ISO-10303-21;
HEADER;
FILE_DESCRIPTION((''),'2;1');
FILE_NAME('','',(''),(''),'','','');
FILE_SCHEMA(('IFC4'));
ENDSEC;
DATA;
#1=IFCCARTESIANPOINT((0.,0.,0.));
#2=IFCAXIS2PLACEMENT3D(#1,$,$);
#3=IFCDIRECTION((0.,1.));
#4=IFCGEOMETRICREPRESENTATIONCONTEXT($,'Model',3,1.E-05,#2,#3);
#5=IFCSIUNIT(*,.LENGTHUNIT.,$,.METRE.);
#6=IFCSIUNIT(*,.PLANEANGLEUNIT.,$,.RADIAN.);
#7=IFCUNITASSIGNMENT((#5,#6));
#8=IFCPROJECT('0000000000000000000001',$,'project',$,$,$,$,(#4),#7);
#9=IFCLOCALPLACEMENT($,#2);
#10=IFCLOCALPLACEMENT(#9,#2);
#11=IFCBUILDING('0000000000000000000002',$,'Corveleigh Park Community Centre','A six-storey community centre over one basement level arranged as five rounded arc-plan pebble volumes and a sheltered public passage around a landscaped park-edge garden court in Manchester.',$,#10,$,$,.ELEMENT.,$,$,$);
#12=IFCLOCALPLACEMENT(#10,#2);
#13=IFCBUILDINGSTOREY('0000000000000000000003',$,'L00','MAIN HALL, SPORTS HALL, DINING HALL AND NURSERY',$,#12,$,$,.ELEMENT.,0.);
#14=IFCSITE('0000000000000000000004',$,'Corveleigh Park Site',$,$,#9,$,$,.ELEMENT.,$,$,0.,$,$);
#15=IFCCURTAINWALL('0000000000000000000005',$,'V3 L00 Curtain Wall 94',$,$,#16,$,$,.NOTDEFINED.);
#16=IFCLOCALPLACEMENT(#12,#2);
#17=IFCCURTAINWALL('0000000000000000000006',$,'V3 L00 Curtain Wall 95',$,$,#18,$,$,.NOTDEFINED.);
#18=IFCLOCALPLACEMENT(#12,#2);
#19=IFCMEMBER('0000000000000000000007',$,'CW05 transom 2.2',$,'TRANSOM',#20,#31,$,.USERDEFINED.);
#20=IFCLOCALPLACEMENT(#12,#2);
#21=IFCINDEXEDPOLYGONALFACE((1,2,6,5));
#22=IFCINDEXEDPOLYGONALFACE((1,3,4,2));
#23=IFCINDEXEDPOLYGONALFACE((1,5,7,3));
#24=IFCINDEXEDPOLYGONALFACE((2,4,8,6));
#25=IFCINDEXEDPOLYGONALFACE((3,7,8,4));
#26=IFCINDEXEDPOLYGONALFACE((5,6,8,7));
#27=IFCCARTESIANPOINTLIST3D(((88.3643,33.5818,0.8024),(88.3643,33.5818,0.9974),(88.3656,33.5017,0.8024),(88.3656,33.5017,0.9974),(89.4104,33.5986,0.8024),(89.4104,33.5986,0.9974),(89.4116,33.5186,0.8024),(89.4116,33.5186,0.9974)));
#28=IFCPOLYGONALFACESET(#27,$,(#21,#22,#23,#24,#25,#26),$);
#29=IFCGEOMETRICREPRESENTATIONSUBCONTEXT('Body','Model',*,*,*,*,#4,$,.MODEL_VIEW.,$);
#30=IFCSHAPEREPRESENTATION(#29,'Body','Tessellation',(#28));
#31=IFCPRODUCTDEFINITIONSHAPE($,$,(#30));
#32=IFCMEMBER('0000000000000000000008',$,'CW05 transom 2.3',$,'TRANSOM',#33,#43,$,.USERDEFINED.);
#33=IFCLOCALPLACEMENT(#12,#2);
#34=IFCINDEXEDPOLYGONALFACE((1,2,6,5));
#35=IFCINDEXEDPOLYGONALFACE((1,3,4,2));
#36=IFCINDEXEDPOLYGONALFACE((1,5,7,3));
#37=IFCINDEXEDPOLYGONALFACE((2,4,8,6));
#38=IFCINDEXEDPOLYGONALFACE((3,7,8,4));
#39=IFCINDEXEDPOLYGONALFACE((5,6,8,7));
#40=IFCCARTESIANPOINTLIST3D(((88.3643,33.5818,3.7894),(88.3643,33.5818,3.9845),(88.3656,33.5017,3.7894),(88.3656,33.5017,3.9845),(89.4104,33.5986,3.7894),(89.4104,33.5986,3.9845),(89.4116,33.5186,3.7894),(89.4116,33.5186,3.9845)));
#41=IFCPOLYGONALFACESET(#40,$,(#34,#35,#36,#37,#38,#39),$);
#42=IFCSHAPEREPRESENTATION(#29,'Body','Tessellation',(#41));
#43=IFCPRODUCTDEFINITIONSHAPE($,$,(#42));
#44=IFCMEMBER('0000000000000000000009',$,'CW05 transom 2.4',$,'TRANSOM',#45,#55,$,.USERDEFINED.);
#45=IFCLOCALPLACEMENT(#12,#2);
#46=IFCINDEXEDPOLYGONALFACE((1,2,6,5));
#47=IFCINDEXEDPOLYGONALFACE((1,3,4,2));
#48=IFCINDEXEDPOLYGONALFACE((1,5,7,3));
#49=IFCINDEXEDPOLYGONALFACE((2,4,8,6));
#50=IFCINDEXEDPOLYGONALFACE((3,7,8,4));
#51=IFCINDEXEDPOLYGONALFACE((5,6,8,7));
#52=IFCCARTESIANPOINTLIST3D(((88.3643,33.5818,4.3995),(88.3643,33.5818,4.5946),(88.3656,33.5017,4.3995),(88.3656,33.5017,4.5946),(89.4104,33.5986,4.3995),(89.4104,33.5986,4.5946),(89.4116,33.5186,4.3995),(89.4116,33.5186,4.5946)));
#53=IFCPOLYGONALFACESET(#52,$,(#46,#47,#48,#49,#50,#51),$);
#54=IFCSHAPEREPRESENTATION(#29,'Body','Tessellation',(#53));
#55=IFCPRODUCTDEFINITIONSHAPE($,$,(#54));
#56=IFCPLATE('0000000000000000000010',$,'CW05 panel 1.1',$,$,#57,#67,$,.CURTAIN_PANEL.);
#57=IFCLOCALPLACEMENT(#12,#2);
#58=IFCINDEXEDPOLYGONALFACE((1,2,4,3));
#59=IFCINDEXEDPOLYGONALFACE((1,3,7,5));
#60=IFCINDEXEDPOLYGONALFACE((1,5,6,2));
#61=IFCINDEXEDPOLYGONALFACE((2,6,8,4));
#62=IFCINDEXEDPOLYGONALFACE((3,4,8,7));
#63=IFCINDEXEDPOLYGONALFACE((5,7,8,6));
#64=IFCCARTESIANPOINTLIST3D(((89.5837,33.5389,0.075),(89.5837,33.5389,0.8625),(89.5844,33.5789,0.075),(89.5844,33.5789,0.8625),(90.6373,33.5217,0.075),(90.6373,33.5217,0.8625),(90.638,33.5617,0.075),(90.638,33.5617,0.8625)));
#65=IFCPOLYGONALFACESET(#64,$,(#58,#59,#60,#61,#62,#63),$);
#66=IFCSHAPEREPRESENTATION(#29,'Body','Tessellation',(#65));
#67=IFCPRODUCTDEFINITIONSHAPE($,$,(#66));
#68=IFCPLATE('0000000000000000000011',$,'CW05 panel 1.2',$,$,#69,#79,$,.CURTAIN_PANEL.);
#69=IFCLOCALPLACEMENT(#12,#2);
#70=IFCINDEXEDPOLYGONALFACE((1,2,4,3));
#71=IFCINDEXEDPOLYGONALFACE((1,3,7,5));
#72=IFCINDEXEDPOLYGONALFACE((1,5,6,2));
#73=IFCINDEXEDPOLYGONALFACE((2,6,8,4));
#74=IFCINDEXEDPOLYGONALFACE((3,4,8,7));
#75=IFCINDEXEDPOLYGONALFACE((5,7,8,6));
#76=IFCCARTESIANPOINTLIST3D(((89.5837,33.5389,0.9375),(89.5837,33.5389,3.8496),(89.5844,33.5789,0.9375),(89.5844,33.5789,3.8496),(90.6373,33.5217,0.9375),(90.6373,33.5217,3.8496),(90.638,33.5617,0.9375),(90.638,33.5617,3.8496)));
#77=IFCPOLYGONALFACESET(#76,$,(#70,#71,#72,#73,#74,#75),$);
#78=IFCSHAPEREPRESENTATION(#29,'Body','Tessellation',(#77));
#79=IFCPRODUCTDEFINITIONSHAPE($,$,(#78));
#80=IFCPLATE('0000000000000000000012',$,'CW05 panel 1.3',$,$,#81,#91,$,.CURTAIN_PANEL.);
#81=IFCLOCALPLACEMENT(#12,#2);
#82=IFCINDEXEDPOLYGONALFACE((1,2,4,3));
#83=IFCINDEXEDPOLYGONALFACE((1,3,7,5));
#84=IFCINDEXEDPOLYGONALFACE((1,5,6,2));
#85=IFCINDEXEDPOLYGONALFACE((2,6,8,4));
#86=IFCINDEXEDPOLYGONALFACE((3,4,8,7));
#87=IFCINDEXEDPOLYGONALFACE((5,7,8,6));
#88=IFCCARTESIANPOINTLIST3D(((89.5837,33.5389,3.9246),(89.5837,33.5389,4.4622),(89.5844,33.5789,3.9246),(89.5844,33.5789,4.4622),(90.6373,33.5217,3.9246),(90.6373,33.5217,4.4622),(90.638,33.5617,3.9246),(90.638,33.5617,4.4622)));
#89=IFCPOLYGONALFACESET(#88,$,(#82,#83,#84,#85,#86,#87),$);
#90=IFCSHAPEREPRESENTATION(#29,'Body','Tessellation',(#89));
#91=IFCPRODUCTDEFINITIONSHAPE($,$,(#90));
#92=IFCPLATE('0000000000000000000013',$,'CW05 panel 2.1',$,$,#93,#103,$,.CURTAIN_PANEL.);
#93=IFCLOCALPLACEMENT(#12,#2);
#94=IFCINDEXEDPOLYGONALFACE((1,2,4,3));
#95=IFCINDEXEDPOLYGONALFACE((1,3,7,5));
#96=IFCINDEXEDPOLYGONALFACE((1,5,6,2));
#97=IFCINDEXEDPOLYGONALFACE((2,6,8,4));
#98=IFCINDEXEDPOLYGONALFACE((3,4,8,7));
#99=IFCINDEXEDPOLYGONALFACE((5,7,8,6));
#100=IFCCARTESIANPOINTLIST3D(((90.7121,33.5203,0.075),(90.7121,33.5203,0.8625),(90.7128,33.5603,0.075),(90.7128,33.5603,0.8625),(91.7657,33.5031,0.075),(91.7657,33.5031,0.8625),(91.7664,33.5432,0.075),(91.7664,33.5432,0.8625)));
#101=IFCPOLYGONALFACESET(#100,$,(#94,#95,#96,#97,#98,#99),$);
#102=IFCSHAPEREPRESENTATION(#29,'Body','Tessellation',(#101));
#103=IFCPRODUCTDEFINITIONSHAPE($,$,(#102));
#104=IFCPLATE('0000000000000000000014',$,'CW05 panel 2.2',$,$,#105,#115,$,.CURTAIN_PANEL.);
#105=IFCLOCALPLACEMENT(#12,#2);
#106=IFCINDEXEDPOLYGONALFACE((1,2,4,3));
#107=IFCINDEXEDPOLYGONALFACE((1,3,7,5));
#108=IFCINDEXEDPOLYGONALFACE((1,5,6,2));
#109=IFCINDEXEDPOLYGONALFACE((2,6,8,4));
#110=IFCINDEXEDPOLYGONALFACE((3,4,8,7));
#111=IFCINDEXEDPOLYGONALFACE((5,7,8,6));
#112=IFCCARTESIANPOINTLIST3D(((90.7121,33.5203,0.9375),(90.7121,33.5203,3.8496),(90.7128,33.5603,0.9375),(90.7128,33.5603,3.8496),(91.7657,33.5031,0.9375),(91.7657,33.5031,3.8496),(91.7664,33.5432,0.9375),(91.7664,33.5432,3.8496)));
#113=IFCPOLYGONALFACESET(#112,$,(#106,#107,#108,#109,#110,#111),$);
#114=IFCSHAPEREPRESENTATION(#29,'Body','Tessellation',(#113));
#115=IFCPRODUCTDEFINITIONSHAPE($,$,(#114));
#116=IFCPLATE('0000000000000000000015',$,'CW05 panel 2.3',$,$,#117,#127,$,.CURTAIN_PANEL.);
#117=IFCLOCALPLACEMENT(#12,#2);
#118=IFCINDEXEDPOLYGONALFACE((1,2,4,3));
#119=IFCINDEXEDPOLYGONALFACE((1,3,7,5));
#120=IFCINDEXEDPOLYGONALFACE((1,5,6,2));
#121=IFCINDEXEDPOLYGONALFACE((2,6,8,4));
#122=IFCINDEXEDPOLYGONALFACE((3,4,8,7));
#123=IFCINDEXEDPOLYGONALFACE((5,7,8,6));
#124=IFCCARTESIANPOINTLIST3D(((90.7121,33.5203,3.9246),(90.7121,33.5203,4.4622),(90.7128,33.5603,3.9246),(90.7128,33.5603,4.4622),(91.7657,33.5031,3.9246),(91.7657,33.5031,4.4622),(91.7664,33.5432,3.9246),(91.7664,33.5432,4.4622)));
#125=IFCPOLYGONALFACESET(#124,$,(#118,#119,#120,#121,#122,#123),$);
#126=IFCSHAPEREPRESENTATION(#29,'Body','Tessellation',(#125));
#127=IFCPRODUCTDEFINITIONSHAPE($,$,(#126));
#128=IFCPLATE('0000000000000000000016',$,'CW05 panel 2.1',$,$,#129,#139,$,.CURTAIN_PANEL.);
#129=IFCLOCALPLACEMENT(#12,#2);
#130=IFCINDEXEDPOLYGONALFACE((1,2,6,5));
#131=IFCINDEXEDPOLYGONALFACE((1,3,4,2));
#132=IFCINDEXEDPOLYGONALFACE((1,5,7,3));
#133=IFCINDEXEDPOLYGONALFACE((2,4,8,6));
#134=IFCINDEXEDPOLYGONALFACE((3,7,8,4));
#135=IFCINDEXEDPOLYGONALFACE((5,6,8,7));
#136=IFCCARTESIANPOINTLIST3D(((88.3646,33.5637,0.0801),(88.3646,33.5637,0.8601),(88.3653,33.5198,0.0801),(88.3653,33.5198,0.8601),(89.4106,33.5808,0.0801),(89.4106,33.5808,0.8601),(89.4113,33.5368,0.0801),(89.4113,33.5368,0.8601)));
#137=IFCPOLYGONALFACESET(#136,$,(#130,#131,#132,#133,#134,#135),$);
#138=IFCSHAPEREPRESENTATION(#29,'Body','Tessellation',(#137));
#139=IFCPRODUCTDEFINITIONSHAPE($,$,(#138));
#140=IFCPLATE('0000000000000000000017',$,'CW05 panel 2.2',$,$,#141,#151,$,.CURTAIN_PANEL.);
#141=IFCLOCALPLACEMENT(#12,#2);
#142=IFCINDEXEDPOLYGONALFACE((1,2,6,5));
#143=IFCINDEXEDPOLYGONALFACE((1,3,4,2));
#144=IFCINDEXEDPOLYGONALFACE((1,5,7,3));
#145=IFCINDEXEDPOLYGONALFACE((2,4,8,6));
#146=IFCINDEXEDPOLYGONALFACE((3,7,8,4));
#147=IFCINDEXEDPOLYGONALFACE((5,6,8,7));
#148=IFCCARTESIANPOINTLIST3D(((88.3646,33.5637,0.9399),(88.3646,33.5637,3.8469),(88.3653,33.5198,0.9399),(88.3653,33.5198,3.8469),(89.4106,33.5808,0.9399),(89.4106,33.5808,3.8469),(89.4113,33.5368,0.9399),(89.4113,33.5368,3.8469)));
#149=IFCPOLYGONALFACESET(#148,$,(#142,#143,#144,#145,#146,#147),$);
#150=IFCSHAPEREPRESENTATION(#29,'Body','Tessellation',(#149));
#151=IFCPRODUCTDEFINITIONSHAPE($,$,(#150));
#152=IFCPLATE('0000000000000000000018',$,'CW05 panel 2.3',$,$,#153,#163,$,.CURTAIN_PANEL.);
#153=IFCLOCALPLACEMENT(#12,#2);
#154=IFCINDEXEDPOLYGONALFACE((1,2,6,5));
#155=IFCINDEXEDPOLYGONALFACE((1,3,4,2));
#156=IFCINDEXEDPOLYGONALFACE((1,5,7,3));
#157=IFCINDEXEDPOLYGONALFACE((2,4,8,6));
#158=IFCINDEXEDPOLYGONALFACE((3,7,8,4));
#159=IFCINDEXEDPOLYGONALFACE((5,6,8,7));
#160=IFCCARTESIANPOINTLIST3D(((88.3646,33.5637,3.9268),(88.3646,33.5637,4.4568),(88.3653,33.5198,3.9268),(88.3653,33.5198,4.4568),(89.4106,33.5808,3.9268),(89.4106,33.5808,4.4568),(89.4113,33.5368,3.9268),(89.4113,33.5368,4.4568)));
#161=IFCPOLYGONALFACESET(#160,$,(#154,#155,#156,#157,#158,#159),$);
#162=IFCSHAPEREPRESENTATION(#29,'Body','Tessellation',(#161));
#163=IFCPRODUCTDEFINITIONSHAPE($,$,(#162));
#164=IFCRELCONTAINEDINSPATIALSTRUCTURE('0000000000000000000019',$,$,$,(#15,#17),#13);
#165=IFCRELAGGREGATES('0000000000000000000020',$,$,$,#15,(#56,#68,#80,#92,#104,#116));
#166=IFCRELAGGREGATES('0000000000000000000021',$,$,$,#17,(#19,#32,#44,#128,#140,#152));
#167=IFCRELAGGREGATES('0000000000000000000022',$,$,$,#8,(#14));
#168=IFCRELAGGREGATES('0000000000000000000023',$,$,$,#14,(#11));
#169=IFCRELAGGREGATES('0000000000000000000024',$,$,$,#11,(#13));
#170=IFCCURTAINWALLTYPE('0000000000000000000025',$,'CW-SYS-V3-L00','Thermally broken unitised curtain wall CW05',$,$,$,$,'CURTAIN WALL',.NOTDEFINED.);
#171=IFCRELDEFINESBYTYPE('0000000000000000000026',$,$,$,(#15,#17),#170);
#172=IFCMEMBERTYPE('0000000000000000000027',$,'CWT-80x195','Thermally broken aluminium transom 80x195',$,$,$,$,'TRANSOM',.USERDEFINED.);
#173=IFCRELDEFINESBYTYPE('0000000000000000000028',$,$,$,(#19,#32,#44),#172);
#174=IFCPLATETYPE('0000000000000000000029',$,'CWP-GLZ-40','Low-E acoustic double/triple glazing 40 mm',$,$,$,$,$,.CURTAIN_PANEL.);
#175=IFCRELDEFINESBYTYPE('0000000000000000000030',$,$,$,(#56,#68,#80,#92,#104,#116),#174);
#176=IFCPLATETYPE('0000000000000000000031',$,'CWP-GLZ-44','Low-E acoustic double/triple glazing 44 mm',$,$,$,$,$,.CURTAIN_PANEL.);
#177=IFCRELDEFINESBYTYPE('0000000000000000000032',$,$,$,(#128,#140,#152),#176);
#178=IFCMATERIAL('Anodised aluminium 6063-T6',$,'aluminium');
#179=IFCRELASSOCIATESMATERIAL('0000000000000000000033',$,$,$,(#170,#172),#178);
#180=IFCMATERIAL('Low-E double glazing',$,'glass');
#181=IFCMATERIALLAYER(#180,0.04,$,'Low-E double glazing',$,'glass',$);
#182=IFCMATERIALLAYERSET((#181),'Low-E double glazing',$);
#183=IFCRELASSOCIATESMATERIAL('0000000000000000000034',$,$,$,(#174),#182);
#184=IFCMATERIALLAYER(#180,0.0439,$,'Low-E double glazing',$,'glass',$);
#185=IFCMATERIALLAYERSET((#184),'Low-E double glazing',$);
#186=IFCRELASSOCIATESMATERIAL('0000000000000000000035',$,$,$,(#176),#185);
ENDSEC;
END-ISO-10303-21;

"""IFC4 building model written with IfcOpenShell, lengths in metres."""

from ifc_helpers import new_model, si_unit, direction, frame, origin, origin_2d, place, context, subcontext, project, spatial, rectangle, extrude, material, layer, layer_set, material_profile, profile_set, type_object, element, aggregate, save


model = new_model("IFC4")

# Units and contexts
model_context = context("Model", 3, precision=1e-05, world=origin(), true_north=direction((0.0, 1.0)))
body_context = subcontext(model_context, "Body", "Model", "MODEL_VIEW")
ifc_project = project(units=[si_unit("LENGTHUNIT", "METRE"), si_unit("PLANEANGLEUNIT", "RADIAN")], contexts=[model_context])

# Site, building, storey
site_placement = place(None, origin())
site = spatial("IfcSite", under=ifc_project, at=site_placement, Name="Corveleigh Park Site", CompositionType="ELEMENT", RefElevation=0.0)
building_placement = place(site_placement, origin())
building = spatial("IfcBuilding", under=site, at=building_placement, Name="Corveleigh Park Community Centre", Description="A six-storey community centre over one basement level arranged as five rounded arc-plan pebble volumes and a sheltered public passage around a landscaped park-edge garden court in Manchester.", CompositionType="ELEMENT")
storey_placement = place(building_placement, origin())
storey = spatial("IfcBuildingStorey", under=building, at=storey_placement, Name="L00", Description="MAIN HALL, SPORTS HALL, DINING HALL AND NURSERY", CompositionType="ELEMENT", Elevation=0.0)

# Curtain wall
ifc_material_1 = material(Name="Anodised aluminium 6063-T6", Category="aluminium")
curtain_wall_type = type_object("IfcCurtainWallType", Name="CW-SYS-V3-L00", Description="Thermally broken unitised curtain wall CW05", ElementType="CURTAIN WALL", PredefinedType="NOTDEFINED", material=ifc_material_1)
curtain_wall_1_placement = place(storey_placement, origin())
curtain_wall_1 = element("IfcCurtainWall", 1, at=curtain_wall_1_placement, inside=storey, type_object=curtain_wall_type, Name="V3 L00 Curtain Wall 94", PredefinedType="NOTDEFINED")

# Curtain wall
curtain_wall_2_placement = place(storey_placement, origin())
curtain_wall_2 = element("IfcCurtainWall", 2, at=curtain_wall_2_placement, inside=storey, type_object=curtain_wall_type, Name="V3 L00 Curtain Wall 95", PredefinedType="NOTDEFINED")

# Members
ifc_material_profile_1 = material_profile(ifc_material_1, rectangle(XDim=0.0801, YDim=0.1951, at=origin_2d()), Name="ALU-T80x195", Category="aluminium")
ifc_profile_set_1 = profile_set([ifc_material_profile_1], Name="Anodised aluminium 6063-T6")
member_type_1 = type_object("IfcMemberType", Name="CWT-80x195", Description="Thermally broken aluminium transom 80x195", ElementType="TRANSOM", PredefinedType="USERDEFINED", material=ifc_profile_set_1)
member_1_placement = place(storey_placement, frame((88.365, 33.5417, 0.8999), z_axis=(0.99987, 0.016104, 0.0), x_axis=(-0.016104, 0.99987, 0.0)))
member_1 = element("IfcMember", 3, at=member_1_placement, type_object=member_type_1, Name="CW05 transom 2.2", ObjectType="TRANSOM", PredefinedType="USERDEFINED", context=body_context, shape_type="SweptSolid", body=[
    extrude(rectangle(XDim=0.0801, YDim=0.1951, at=origin_2d()), origin(), (0.0, 0.0, 1.0), 1.0461),
])
member_2_placement = place(storey_placement, frame((88.365, 33.5417, 3.887), z_axis=(0.99987, 0.016104, 0.0), x_axis=(-0.016104, 0.99987, 0.0)))
member_2 = element("IfcMember", 4, at=member_2_placement, type_object=member_type_1, Name="CW05 transom 2.3", ObjectType="TRANSOM", PredefinedType="USERDEFINED", context=body_context, shape_type="SweptSolid", body=[
    extrude(rectangle(XDim=0.0801, YDim=0.1951, at=origin_2d()), origin(), (0.0, 0.0, 1.0), 1.0461),
])
member_3_placement = place(storey_placement, frame((88.365, 33.5417, 4.4971), z_axis=(0.99987, 0.016104, 0.0), x_axis=(-0.016104, 0.99987, 0.0)))
member_3 = element("IfcMember", 5, at=member_3_placement, type_object=member_type_1, Name="CW05 transom 2.4", ObjectType="TRANSOM", PredefinedType="USERDEFINED", context=body_context, shape_type="SweptSolid", body=[
    extrude(rectangle(XDim=0.0801, YDim=0.1951, at=origin_2d()), origin(), (0.0, 0.0, 1.0), 1.0461),
])

# Plates
ifc_material_2 = material(Name="Low-E double glazing", Category="glass")
ifc_layer_1 = layer(ifc_material_2, 0.04, Name="Low-E double glazing", Category="glass")
ifc_layer_set_1 = layer_set([ifc_layer_1], Name="Low-E double glazing")
plate_type_1 = type_object("IfcPlateType", Name="CWP-GLZ-40", Description="Low-E acoustic double/triple glazing 40 mm", PredefinedType="CURTAIN_PANEL", material=ifc_layer_set_1)
plate_1_placement = place(storey_placement, frame((90.1108, 33.5503, 0.075), z_axis=(0.0, 0.0, 1.0), x_axis=(0.999867, -0.016293, 0.0)))
plate_1 = element("IfcPlate", 6, at=plate_1_placement, type_object=plate_type_1, Name="CW05 panel 1.1", PredefinedType="CURTAIN_PANEL", context=body_context, shape_type="SweptSolid", body=[
    extrude(rectangle(XDim=1.0537, YDim=0.04, at=origin_2d()), origin(), (0.0, 0.0, 1.0), 0.7876),
])
plate_2_placement = place(storey_placement, frame((90.1108, 33.5503, 0.9375), z_axis=(0.0, 0.0, 1.0), x_axis=(0.999867, -0.016293, 0.0)))
plate_2 = element("IfcPlate", 7, at=plate_2_placement, type_object=plate_type_1, Name="CW05 panel 1.2", PredefinedType="CURTAIN_PANEL", context=body_context, shape_type="SweptSolid", body=[
    extrude(rectangle(XDim=1.0537, YDim=0.04, at=origin_2d()), origin(), (0.0, 0.0, 1.0), 2.9121),
])
plate_3_placement = place(storey_placement, frame((90.1108, 33.5503, 3.9246), z_axis=(0.0, 0.0, 1.0), x_axis=(0.999867, -0.016293, 0.0)))
plate_3 = element("IfcPlate", 8, at=plate_3_placement, type_object=plate_type_1, Name="CW05 panel 1.3", PredefinedType="CURTAIN_PANEL", context=body_context, shape_type="SweptSolid", body=[
    extrude(rectangle(XDim=1.0537, YDim=0.04, at=origin_2d()), origin(), (0.0, 0.0, 1.0), 0.5376),
])
plate_4_placement = place(storey_placement, frame((91.2393, 33.5317, 0.075), z_axis=(0.0, 0.0, 1.0), x_axis=(0.999867, -0.016293, 0.0)))
plate_4 = element("IfcPlate", 9, at=plate_4_placement, type_object=plate_type_1, Name="CW05 panel 2.1", PredefinedType="CURTAIN_PANEL", context=body_context, shape_type="SweptSolid", body=[
    extrude(rectangle(XDim=1.0537, YDim=0.04, at=origin_2d()), origin(), (0.0, 0.0, 1.0), 0.7876),
])
plate_5_placement = place(storey_placement, frame((91.2393, 33.5317, 0.9375), z_axis=(0.0, 0.0, 1.0), x_axis=(0.999867, -0.016293, 0.0)))
plate_5 = element("IfcPlate", 10, at=plate_5_placement, type_object=plate_type_1, Name="CW05 panel 2.2", PredefinedType="CURTAIN_PANEL", context=body_context, shape_type="SweptSolid", body=[
    extrude(rectangle(XDim=1.0537, YDim=0.04, at=origin_2d()), origin(), (0.0, 0.0, 1.0), 2.9121),
])
plate_6_placement = place(storey_placement, frame((91.2393, 33.5317, 3.9246), z_axis=(0.0, 0.0, 1.0), x_axis=(0.999867, -0.016293, 0.0)))
plate_6 = element("IfcPlate", 11, at=plate_6_placement, type_object=plate_type_1, Name="CW05 panel 2.3", PredefinedType="CURTAIN_PANEL", context=body_context, shape_type="SweptSolid", body=[
    extrude(rectangle(XDim=1.0537, YDim=0.04, at=origin_2d()), origin(), (0.0, 0.0, 1.0), 0.5376),
])
aggregate(curtain_wall_1, [plate_1, plate_2, plate_3, plate_4, plate_5, plate_6])
ifc_layer_2 = layer(ifc_material_2, 0.0439, Name="Low-E double glazing", Category="glass")
ifc_layer_set_2 = layer_set([ifc_layer_2], Name="Low-E double glazing")
plate_type_2 = type_object("IfcPlateType", Name="CWP-GLZ-44", Description="Low-E acoustic double/triple glazing 44 mm", PredefinedType="CURTAIN_PANEL", material=ifc_layer_set_2)
plate_7_placement = place(storey_placement, frame((88.8879, 33.5503, 0.0801), z_axis=(0.0, 0.0, 1.0), x_axis=(0.999867, 0.016293, 0.0)))
plate_7 = element("IfcPlate", 12, at=plate_7_placement, type_object=plate_type_2, Name="CW05 panel 2.1", PredefinedType="CURTAIN_PANEL", context=body_context, shape_type="SweptSolid", body=[
    extrude(rectangle(XDim=1.0461, YDim=0.0439, at=origin_2d()), origin(), (0.0, 0.0, 1.0), 0.78),
])
plate_8_placement = place(storey_placement, frame((88.8879, 33.5503, 0.9399), z_axis=(0.0, 0.0, 1.0), x_axis=(0.999867, 0.016293, 0.0)))
plate_8 = element("IfcPlate", 13, at=plate_8_placement, type_object=plate_type_2, Name="CW05 panel 2.2", PredefinedType="CURTAIN_PANEL", context=body_context, shape_type="SweptSolid", body=[
    extrude(rectangle(XDim=1.0461, YDim=0.0439, at=origin_2d()), origin(), (0.0, 0.0, 1.0), 2.907),
])
plate_9_placement = place(storey_placement, frame((88.8879, 33.5503, 3.9268), z_axis=(0.0, 0.0, 1.0), x_axis=(0.999867, 0.016293, 0.0)))
plate_9 = element("IfcPlate", 14, at=plate_9_placement, type_object=plate_type_2, Name="CW05 panel 2.3", PredefinedType="CURTAIN_PANEL", context=body_context, shape_type="SweptSolid", body=[
    extrude(rectangle(XDim=1.0461, YDim=0.0439, at=origin_2d()), origin(), (0.0, 0.0, 1.0), 0.53),
])
aggregate(curtain_wall_2, [member_1, member_2, member_3, plate_7, plate_8, plate_9])

save(model, "model.ifc")
